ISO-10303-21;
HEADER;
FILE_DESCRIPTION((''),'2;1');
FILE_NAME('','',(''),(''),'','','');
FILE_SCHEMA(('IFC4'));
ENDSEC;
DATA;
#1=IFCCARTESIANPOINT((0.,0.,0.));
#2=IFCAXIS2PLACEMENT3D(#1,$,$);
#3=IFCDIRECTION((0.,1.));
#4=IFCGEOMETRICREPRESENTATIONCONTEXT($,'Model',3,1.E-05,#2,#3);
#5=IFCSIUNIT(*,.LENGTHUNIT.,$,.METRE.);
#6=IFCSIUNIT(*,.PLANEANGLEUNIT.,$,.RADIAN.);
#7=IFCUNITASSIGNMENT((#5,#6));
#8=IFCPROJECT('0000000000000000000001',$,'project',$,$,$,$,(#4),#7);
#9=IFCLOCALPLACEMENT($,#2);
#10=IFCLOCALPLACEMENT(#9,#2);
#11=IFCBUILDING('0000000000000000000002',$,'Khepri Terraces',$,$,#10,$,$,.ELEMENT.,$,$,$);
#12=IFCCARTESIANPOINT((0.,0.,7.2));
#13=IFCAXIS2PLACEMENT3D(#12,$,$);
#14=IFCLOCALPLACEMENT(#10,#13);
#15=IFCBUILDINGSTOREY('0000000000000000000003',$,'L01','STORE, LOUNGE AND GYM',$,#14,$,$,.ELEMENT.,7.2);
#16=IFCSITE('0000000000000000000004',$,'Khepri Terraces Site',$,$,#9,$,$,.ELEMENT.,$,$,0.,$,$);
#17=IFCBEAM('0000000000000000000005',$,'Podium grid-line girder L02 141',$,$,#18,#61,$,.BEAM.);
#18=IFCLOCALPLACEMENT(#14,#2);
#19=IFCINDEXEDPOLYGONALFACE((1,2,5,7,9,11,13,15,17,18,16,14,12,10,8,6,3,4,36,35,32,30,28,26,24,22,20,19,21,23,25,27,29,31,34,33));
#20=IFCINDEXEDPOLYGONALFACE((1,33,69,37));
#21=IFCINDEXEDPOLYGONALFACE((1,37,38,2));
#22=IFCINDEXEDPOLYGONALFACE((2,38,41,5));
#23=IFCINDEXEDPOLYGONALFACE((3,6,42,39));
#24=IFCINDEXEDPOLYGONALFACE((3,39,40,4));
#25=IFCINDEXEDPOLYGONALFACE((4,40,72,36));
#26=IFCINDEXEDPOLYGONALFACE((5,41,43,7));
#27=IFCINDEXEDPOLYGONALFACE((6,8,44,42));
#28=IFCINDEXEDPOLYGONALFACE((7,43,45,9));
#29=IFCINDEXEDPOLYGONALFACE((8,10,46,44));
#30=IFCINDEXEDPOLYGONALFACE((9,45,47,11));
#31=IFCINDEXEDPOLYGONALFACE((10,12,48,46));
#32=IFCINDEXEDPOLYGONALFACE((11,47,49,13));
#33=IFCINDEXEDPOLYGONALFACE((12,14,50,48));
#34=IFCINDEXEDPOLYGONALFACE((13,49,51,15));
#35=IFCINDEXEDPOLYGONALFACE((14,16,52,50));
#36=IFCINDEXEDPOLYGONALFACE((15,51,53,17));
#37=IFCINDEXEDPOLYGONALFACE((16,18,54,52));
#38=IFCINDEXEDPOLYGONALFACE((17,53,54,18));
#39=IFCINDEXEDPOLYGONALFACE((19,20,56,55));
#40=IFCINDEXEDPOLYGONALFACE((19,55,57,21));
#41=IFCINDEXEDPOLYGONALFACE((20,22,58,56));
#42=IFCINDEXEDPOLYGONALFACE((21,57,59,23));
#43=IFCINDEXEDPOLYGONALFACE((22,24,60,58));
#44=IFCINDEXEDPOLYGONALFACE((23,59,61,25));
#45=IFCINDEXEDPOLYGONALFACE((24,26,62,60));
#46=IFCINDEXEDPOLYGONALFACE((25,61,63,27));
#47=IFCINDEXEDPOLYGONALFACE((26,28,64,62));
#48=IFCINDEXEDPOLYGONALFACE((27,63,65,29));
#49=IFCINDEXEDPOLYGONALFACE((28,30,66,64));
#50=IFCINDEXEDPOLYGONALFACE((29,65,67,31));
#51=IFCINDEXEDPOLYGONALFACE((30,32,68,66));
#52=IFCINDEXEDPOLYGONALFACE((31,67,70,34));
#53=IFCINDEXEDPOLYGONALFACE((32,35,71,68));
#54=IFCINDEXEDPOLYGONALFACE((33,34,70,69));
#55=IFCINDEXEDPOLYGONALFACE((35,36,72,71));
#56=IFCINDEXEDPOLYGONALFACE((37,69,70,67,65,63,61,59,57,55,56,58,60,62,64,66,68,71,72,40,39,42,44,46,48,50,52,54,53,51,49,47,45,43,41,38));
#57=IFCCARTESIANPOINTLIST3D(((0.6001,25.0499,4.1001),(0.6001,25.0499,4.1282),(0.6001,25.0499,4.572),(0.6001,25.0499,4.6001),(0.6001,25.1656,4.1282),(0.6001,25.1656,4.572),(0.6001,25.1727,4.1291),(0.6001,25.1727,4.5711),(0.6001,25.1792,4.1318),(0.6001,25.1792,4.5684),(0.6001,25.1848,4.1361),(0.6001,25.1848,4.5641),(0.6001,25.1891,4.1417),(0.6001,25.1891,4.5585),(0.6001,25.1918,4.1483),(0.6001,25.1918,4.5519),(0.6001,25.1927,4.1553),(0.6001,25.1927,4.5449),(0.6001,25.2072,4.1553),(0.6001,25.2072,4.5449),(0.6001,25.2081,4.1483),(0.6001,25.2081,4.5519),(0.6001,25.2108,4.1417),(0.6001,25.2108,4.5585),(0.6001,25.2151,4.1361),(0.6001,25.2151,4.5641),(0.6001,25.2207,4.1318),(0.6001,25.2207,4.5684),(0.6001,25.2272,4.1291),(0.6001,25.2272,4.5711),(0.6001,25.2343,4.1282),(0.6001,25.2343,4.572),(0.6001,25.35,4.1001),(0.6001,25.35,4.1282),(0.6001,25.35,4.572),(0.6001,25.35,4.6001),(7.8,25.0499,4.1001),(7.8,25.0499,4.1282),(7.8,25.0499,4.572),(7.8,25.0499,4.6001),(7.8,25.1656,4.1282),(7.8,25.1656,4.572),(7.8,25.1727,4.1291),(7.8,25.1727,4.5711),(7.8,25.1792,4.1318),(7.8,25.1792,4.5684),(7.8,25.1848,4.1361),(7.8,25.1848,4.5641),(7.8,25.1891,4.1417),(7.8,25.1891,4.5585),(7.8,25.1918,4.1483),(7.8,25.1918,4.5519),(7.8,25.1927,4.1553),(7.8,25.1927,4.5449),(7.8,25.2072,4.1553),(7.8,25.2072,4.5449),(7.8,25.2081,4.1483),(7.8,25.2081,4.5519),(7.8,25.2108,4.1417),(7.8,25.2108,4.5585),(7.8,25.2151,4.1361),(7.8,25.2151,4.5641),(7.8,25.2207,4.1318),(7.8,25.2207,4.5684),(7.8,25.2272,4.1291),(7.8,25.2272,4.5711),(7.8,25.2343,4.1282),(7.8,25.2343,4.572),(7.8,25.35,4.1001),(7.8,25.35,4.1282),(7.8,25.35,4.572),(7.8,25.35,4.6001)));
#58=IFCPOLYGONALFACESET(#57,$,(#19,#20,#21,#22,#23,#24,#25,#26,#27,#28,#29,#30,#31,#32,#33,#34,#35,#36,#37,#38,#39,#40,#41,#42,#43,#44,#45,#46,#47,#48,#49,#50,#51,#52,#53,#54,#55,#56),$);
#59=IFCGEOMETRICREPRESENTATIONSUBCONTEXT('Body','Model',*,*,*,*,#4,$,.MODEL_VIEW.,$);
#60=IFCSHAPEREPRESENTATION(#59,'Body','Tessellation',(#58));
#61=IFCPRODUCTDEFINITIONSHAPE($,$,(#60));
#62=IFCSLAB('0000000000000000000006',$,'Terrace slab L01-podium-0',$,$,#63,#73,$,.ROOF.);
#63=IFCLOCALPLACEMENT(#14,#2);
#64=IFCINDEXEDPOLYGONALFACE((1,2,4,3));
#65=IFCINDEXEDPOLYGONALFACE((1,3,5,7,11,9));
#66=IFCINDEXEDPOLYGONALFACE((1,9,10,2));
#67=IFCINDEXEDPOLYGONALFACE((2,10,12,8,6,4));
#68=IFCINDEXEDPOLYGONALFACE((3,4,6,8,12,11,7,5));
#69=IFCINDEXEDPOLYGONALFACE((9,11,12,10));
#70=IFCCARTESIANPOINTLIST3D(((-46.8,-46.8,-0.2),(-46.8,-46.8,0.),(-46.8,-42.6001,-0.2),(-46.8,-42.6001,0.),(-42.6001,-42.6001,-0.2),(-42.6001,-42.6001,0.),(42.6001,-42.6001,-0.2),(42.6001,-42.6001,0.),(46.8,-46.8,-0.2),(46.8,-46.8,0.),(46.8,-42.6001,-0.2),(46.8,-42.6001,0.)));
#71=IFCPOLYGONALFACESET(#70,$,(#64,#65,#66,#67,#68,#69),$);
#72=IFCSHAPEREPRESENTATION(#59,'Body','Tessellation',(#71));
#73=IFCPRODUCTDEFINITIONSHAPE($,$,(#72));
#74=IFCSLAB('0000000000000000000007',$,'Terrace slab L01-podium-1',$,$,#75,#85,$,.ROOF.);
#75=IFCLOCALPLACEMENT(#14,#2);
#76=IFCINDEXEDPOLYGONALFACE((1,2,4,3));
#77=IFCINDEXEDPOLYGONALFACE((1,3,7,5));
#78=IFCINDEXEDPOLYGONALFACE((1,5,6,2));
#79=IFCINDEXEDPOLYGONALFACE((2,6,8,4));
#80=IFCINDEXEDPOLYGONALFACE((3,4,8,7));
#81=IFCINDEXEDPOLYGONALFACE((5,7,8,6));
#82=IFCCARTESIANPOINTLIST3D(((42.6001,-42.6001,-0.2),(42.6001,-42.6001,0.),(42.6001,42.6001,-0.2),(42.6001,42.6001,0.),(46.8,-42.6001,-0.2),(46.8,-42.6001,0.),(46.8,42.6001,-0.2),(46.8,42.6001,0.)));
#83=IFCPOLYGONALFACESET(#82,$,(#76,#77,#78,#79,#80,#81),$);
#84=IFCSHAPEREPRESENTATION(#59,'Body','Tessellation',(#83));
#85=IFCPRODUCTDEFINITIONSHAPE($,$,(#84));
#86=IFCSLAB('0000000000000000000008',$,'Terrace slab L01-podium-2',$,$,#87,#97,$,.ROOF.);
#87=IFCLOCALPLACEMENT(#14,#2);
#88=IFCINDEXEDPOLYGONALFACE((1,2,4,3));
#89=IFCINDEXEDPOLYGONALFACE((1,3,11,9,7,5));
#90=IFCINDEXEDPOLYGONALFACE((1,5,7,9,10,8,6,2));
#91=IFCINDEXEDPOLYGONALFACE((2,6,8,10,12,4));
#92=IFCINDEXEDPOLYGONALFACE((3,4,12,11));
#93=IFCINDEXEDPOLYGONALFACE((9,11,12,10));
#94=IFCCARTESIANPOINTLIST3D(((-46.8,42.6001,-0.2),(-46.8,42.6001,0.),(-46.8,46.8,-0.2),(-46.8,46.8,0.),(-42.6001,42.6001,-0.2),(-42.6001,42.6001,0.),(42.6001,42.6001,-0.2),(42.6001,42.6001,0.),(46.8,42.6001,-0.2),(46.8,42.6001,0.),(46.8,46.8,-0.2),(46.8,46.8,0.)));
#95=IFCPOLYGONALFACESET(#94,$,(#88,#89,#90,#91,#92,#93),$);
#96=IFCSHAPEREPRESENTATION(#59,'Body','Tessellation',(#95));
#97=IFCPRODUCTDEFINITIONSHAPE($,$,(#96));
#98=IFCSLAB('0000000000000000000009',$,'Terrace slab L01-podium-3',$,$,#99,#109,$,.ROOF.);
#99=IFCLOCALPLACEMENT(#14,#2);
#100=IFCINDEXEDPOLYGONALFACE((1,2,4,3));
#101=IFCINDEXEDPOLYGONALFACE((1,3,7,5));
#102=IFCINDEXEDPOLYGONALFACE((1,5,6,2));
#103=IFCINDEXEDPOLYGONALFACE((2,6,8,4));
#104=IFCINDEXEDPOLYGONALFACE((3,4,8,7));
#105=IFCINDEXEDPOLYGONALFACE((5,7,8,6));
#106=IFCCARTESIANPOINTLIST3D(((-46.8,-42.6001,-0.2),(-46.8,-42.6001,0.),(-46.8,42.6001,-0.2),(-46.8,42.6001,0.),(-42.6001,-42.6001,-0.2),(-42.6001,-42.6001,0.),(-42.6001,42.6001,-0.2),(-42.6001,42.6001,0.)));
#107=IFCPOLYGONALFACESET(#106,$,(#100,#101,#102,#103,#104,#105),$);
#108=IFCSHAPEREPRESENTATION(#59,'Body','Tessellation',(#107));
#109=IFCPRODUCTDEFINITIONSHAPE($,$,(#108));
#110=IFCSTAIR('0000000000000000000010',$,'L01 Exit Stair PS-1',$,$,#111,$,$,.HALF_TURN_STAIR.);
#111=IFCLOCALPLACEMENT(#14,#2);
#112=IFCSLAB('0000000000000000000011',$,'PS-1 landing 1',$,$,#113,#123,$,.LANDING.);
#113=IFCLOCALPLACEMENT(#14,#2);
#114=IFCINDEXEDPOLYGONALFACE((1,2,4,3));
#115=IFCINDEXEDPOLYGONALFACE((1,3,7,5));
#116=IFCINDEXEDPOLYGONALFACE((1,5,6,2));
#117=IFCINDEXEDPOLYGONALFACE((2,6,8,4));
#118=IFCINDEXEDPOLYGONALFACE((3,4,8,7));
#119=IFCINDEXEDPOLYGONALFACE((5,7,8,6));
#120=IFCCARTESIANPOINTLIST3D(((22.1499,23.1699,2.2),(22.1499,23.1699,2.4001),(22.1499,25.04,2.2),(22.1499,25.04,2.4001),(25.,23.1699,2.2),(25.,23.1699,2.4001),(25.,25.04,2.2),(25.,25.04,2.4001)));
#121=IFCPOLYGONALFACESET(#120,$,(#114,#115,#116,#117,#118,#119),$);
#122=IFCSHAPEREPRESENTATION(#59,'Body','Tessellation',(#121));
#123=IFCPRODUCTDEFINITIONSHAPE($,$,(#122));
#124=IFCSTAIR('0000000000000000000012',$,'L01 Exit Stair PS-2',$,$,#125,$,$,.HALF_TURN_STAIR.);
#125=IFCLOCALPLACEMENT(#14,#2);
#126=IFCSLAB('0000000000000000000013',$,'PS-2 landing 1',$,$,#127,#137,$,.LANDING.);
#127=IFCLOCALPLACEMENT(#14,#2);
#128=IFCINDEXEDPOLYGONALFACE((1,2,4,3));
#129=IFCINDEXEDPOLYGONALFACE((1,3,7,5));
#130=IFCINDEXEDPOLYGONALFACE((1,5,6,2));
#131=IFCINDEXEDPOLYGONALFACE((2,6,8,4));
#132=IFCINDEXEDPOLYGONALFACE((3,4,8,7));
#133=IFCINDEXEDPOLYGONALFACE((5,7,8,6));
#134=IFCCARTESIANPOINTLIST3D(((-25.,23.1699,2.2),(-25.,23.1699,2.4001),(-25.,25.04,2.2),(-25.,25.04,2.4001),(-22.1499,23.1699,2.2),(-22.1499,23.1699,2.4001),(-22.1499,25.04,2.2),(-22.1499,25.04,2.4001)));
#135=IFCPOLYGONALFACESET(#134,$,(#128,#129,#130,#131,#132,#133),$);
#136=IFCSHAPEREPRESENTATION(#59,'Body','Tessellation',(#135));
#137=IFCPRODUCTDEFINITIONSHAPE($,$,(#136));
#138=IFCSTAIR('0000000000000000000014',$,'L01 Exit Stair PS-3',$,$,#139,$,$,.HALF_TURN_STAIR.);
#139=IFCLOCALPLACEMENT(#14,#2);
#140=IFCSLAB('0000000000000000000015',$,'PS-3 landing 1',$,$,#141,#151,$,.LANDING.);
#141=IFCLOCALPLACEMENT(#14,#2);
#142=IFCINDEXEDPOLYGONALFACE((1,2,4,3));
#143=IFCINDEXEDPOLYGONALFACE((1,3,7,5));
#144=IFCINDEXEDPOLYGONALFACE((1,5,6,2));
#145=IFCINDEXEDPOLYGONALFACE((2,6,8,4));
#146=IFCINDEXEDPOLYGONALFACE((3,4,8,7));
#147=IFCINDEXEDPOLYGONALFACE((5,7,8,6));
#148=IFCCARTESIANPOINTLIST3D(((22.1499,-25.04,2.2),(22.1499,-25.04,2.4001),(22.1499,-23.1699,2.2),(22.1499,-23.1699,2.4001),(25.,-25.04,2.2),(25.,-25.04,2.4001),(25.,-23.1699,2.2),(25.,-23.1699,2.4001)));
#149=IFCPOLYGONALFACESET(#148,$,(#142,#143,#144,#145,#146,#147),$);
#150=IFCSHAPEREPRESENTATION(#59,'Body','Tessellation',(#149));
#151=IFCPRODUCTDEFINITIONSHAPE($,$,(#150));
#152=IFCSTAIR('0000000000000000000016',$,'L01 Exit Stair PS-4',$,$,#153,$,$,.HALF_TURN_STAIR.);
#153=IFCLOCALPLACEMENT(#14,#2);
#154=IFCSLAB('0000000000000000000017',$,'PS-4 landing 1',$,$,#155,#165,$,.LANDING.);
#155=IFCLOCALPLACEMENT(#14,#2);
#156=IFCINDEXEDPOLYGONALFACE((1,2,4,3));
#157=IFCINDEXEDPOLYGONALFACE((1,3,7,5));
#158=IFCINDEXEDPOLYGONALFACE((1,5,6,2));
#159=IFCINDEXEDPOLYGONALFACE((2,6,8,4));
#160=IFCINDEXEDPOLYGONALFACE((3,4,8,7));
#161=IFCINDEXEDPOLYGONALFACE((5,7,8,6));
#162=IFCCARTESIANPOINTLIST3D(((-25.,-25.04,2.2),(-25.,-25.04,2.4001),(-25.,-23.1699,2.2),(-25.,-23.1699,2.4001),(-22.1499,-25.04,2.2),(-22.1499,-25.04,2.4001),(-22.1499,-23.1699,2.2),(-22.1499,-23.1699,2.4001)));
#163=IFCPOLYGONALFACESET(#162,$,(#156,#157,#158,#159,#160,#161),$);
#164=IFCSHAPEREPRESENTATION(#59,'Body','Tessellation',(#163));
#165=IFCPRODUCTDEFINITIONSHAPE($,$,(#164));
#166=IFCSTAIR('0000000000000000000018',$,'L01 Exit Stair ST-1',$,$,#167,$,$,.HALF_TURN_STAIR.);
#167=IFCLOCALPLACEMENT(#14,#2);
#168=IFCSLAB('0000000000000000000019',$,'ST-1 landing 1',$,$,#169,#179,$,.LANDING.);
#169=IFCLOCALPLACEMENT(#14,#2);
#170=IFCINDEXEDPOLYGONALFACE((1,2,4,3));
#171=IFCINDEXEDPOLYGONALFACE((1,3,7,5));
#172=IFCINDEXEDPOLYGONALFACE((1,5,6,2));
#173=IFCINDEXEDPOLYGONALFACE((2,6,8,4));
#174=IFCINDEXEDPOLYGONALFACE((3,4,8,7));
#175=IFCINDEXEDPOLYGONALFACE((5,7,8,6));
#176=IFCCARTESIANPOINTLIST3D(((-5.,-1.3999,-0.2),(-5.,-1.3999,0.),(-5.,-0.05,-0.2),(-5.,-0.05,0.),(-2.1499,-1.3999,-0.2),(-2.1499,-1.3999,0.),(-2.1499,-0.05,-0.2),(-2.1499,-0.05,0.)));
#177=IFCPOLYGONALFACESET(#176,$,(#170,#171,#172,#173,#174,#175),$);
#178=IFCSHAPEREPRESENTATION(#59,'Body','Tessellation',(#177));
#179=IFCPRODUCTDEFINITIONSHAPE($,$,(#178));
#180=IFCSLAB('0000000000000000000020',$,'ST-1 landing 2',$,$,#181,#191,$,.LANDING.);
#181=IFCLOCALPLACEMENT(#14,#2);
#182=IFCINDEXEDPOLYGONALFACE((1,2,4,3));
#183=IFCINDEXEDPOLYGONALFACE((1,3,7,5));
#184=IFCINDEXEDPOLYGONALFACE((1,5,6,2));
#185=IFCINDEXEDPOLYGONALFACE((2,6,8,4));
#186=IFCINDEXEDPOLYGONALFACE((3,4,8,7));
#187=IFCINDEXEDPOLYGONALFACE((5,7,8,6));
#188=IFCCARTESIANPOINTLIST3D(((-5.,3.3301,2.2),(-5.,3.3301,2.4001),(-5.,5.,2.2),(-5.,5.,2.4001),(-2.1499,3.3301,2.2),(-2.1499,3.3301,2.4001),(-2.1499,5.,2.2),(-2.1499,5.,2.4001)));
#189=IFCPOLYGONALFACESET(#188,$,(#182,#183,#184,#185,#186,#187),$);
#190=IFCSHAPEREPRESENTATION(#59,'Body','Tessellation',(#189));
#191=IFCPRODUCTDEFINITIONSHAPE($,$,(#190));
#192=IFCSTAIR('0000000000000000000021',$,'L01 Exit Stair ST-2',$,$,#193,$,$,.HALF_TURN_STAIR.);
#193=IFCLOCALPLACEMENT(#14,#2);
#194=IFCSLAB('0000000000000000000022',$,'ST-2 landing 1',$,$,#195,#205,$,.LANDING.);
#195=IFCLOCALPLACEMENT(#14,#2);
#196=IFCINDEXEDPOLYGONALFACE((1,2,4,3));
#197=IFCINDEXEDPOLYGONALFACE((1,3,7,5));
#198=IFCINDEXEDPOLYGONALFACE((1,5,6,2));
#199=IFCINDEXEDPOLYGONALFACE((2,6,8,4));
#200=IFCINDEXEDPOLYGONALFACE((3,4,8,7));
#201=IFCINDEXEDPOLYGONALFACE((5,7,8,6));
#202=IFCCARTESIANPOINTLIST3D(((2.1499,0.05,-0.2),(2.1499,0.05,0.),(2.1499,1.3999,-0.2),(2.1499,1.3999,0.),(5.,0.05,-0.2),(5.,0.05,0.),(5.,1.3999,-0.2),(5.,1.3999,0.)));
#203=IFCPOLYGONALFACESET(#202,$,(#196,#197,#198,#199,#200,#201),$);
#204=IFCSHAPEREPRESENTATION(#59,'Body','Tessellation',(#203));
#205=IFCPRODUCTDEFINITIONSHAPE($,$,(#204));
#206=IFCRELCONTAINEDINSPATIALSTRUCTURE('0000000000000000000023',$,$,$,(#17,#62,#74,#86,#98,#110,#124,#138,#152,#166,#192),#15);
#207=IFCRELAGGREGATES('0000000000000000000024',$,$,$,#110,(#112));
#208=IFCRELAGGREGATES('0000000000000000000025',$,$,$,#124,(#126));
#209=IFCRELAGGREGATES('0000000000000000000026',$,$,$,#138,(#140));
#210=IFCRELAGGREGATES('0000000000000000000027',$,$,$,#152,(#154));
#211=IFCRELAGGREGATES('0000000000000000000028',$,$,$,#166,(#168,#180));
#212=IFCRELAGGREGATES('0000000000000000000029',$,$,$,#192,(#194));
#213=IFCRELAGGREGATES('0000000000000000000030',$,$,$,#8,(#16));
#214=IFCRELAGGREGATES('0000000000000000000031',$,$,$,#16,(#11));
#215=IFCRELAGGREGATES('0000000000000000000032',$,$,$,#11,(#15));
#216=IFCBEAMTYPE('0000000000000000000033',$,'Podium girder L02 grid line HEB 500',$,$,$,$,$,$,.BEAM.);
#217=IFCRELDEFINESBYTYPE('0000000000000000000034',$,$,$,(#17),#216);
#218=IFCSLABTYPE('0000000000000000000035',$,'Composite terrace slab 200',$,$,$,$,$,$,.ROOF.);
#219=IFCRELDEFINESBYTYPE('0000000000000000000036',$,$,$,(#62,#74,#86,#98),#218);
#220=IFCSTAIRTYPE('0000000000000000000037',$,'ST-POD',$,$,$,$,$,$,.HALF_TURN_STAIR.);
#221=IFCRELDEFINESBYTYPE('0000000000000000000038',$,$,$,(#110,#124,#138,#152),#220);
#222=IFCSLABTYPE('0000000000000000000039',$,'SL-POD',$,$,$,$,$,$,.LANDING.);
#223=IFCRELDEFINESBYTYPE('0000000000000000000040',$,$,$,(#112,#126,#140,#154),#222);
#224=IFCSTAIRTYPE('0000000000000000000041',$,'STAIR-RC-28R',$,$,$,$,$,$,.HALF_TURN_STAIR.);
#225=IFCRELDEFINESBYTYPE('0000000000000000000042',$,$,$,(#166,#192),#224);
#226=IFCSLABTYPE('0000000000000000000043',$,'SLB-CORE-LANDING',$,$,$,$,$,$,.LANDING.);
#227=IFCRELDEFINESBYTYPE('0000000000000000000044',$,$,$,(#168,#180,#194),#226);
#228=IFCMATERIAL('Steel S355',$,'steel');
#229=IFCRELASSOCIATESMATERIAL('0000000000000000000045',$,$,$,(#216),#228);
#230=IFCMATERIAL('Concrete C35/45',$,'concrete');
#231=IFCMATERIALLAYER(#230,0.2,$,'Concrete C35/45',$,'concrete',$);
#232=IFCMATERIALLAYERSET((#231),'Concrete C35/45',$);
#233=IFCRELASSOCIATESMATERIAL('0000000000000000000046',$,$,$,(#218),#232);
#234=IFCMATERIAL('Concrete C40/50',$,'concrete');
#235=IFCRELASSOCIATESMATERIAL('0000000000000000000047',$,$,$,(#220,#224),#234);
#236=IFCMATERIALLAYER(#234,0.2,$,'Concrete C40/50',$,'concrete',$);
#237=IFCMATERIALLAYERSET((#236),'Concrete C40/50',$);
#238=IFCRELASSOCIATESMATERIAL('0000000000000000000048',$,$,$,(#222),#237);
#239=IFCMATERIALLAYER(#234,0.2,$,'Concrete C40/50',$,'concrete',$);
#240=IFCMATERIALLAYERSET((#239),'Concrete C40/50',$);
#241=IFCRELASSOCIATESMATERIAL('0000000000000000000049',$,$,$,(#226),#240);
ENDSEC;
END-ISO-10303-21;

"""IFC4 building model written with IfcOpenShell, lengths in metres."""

from ifc_helpers import new_model, si_unit, direction, frame, origin, origin_2d, place, context, subcontext, project, spatial, polyline, i_section, outline, extrude, material, layer, layer_set, material_profile, profile_set, type_object, element, aggregate, save


model = new_model("IFC4")

# Units and contexts
model_context = context("Model", 3, precision=1e-05, world=origin(), true_north=direction((0.0, 1.0)))
body_context = subcontext(model_context, "Body", "Model", "MODEL_VIEW")
ifc_project = project(units=[si_unit("LENGTHUNIT", "METRE"), si_unit("PLANEANGLEUNIT", "RADIAN")], contexts=[model_context])

# Site, building, storey
site_placement = place(None, origin())
site = spatial("IfcSite", under=ifc_project, at=site_placement, Name="Khepri Terraces Site", CompositionType="ELEMENT", RefElevation=0.0)
building_placement = place(site_placement, origin())
building = spatial("IfcBuilding", under=site, at=building_placement, Name="Khepri Terraces", CompositionType="ELEMENT")
storey_placement = place(building_placement, frame((0.0, 0.0, 7.2)))
storey = spatial("IfcBuildingStorey", under=building, at=storey_placement, Name="L01", Description="STORE, LOUNGE AND GYM", CompositionType="ELEMENT", Elevation=7.2)

# Beam
ifc_material_1 = material(Name="Steel S355", Category="steel")
ifc_material_profile = material_profile(ifc_material_1, i_section(OverallWidth=0.3, OverallDepth=0.5, WebThickness=0.0144, FlangeThickness=0.0281, FilletRadius=0.0271, at=origin_2d()), Name="Steel S355", Category="steel")
ifc_profile_set = profile_set([ifc_material_profile], Name="Steel S355")
beam_type = type_object("IfcBeamType", Name="Podium girder L02 grid line HEB 500", PredefinedType="BEAM", material=ifc_profile_set)
beam_placement = place(storey_placement, frame((0.6001, 25.2, 4.3501), z_axis=(1.0, 0.0, 0.0), x_axis=(0.0, 1.0, 0.0)))
element("IfcBeam", 1, at=beam_placement, inside=storey, type_object=beam_type, Name="Podium grid-line girder L02 141", PredefinedType="BEAM", context=body_context, shape_type="SweptSolid", body=[
    extrude(i_section(OverallWidth=0.3, OverallDepth=0.5, WebThickness=0.0144, FlangeThickness=0.0281, FilletRadius=0.0271, at=origin_2d()), origin(), (0.0, 0.0, 1.0), 7.2),
])

# Slabs
ifc_material_2 = material(Name="Concrete C35/45", Category="concrete")
ifc_layer_1 = layer(ifc_material_2, 0.2, Name="Concrete C35/45", Category="concrete")
ifc_layer_set_1 = layer_set([ifc_layer_1], Name="Concrete C35/45")
slab_type_1 = type_object("IfcSlabType", Name="Composite terrace slab 200", PredefinedType="ROOF", material=ifc_layer_set_1)
slab_1_placement = place(storey_placement, frame((0.0, 0.0, -0.2)))
element("IfcSlab", 2, at=slab_1_placement, inside=storey, type_object=slab_type_1, Name="Terrace slab L01-podium-0", PredefinedType="ROOF", context=body_context, shape_type="SweptSolid", body=[
    extrude(outline(polyline([(46.8, -46.8), (-46.8, -46.8), (-46.8, -42.6001), (-42.6001, -42.6001), (42.6001, -42.6001), (46.8, -42.6001), (46.8, -46.8)])), origin(), (0.0, 0.0, 1.0), 0.2),
])
slab_2_placement = place(storey_placement, frame((0.0, 0.0, -0.2)))
element("IfcSlab", 3, at=slab_2_placement, inside=storey, type_object=slab_type_1, Name="Terrace slab L01-podium-1", PredefinedType="ROOF", context=body_context, shape_type="SweptSolid", body=[
    extrude(outline(polyline([(46.8, -42.6001), (42.6001, -42.6001), (42.6001, 42.6001), (46.8, 42.6001), (46.8, -42.6001)])), origin(), (0.0, 0.0, 1.0), 0.2),
])
slab_3_placement = place(storey_placement, frame((0.0, 0.0, -0.2)))
element("IfcSlab", 4, at=slab_3_placement, inside=storey, type_object=slab_type_1, Name="Terrace slab L01-podium-2", PredefinedType="ROOF", context=body_context, shape_type="SweptSolid", body=[
    extrude(outline(polyline([(46.8, 46.8), (46.8, 42.6001), (42.6001, 42.6001), (-42.6001, 42.6001), (-46.8, 42.6001), (-46.8, 46.8), (46.8, 46.8)])), origin(), (0.0, 0.0, 1.0), 0.2),
])
slab_4_placement = place(storey_placement, frame((0.0, 0.0, -0.2)))
element("IfcSlab", 5, at=slab_4_placement, inside=storey, type_object=slab_type_1, Name="Terrace slab L01-podium-3", PredefinedType="ROOF", context=body_context, shape_type="SweptSolid", body=[
    extrude(outline(polyline([(-46.8, 42.6001), (-42.6001, 42.6001), (-42.6001, -42.6001), (-46.8, -42.6001), (-46.8, 42.6001)])), origin(), (0.0, 0.0, 1.0), 0.2),
])

# Stairs, slabs
ifc_material_3 = material(Name="Concrete C40/50", Category="concrete")
stair_type_1 = type_object("IfcStairType", Name="ST-POD", PredefinedType="HALF_TURN_STAIR", material=ifc_material_3)
stair_1_placement = place(storey_placement, origin())
stair_1 = element("IfcStair", 6, at=stair_1_placement, inside=storey, type_object=stair_type_1, Name="L01 Exit Stair PS-1", PredefinedType="HALF_TURN_STAIR")
ifc_layer_2 = layer(ifc_material_3, 0.2, Name="Concrete C40/50", Category="concrete")
ifc_layer_set_2 = layer_set([ifc_layer_2], Name="Concrete C40/50")
slab_type_2 = type_object("IfcSlabType", Name="SL-POD", PredefinedType="LANDING", material=ifc_layer_set_2)
slab_5_placement = place(storey_placement, frame((0.0, 0.0, 2.2)))
slab_5 = element("IfcSlab", 7, at=slab_5_placement, type_object=slab_type_2, Name="PS-1 landing 1", PredefinedType="LANDING", context=body_context, shape_type="SweptSolid", body=[
    extrude(outline(polyline([(25.0, 23.1699), (25.0, 25.04), (22.1499, 25.04), (22.1499, 23.1699), (25.0, 23.1699)])), origin(), (0.0, 0.0, 1.0), 0.2002),
])
aggregate(stair_1, [slab_5])
stair_2_placement = place(storey_placement, origin())
stair_2 = element("IfcStair", 8, at=stair_2_placement, inside=storey, type_object=stair_type_1, Name="L01 Exit Stair PS-2", PredefinedType="HALF_TURN_STAIR")
slab_6_placement = place(storey_placement, frame((0.0, 0.0, 2.2)))
slab_6 = element("IfcSlab", 9, at=slab_6_placement, type_object=slab_type_2, Name="PS-2 landing 1", PredefinedType="LANDING", context=body_context, shape_type="SweptSolid", body=[
    extrude(outline(polyline([(-22.1499, 23.1699), (-22.1499, 25.04), (-25.0, 25.04), (-25.0, 23.1699), (-22.1499, 23.1699)])), origin(), (0.0, 0.0, 1.0), 0.2002),
])
aggregate(stair_2, [slab_6])
stair_3_placement = place(storey_placement, origin())
stair_3 = element("IfcStair", 10, at=stair_3_placement, inside=storey, type_object=stair_type_1, Name="L01 Exit Stair PS-3", PredefinedType="HALF_TURN_STAIR")
slab_7_placement = place(storey_placement, frame((0.0, 0.0, 2.2)))
slab_7 = element("IfcSlab", 11, at=slab_7_placement, type_object=slab_type_2, Name="PS-3 landing 1", PredefinedType="LANDING", context=body_context, shape_type="SweptSolid", body=[
    extrude(outline(polyline([(22.1499, -23.1699), (22.1499, -25.04), (25.0, -25.04), (25.0, -23.1699), (22.1499, -23.1699)])), origin(), (0.0, 0.0, 1.0), 0.2002),
])
aggregate(stair_3, [slab_7])
stair_4_placement = place(storey_placement, origin())
stair_4 = element("IfcStair", 12, at=stair_4_placement, inside=storey, type_object=stair_type_1, Name="L01 Exit Stair PS-4", PredefinedType="HALF_TURN_STAIR")
slab_8_placement = place(storey_placement, frame((0.0, 0.0, 2.2)))
slab_8 = element("IfcSlab", 13, at=slab_8_placement, type_object=slab_type_2, Name="PS-4 landing 1", PredefinedType="LANDING", context=body_context, shape_type="SweptSolid", body=[
    extrude(outline(polyline([(-25.0, -23.1699), (-25.0, -25.04), (-22.1499, -25.04), (-22.1499, -23.1699), (-25.0, -23.1699)])), origin(), (0.0, 0.0, 1.0), 0.2002),
])
aggregate(stair_4, [slab_8])

# Stairs, slabs
stair_type_2 = type_object("IfcStairType", Name="STAIR-RC-28R", PredefinedType="HALF_TURN_STAIR", material=ifc_material_3)
stair_5_placement = place(storey_placement, origin())
stair_5 = element("IfcStair", 14, at=stair_5_placement, inside=storey, type_object=stair_type_2, Name="L01 Exit Stair ST-1", PredefinedType="HALF_TURN_STAIR")
ifc_layer_3 = layer(ifc_material_3, 0.2, Name="Concrete C40/50", Category="concrete")
ifc_layer_set_3 = layer_set([ifc_layer_3], Name="Concrete C40/50")
slab_type_3 = type_object("IfcSlabType", Name="SLB-CORE-LANDING", PredefinedType="LANDING", material=ifc_layer_set_3)
slab_9_placement = place(storey_placement, frame((0.0, 0.0, -0.2)))
slab_9 = element("IfcSlab", 15, at=slab_9_placement, type_object=slab_type_3, Name="ST-1 landing 1", PredefinedType="LANDING", context=body_context, shape_type="SweptSolid", body=[
    extrude(outline(polyline([(-2.1499, -1.3999), (-2.1499, -0.05), (-5.0, -0.05), (-5.0, -1.3999), (-2.1499, -1.3999)])), origin(), (0.0, 0.0, 1.0), 0.2),
])
slab_10_placement = place(storey_placement, frame((0.0, 0.0, 2.2)))
slab_10 = element("IfcSlab", 16, at=slab_10_placement, type_object=slab_type_3, Name="ST-1 landing 2", PredefinedType="LANDING", context=body_context, shape_type="SweptSolid", body=[
    extrude(outline(polyline([(-2.1499, 3.3301), (-2.1499, 5.0), (-5.0, 5.0), (-5.0, 3.3301), (-2.1499, 3.3301)])), origin(), (0.0, 0.0, 1.0), 0.2002),
])
aggregate(stair_5, [slab_9, slab_10])
stair_6_placement = place(storey_placement, origin())
stair_6 = element("IfcStair", 17, at=stair_6_placement, inside=storey, type_object=stair_type_2, Name="L01 Exit Stair ST-2", PredefinedType="HALF_TURN_STAIR")
slab_11_placement = place(storey_placement, frame((0.0, 0.0, -0.2)))
slab_11 = element("IfcSlab", 18, at=slab_11_placement, type_object=slab_type_3, Name="ST-2 landing 1", PredefinedType="LANDING", context=body_context, shape_type="SweptSolid", body=[
    extrude(outline(polyline([(2.1499, 1.3999), (2.1499, 0.05), (5.0, 0.05), (5.0, 1.3999), (2.1499, 1.3999)])), origin(), (0.0, 0.0, 1.0), 0.2),
])

aggregate(stair_6, [slab_11])

save(model, "model.ifc")
